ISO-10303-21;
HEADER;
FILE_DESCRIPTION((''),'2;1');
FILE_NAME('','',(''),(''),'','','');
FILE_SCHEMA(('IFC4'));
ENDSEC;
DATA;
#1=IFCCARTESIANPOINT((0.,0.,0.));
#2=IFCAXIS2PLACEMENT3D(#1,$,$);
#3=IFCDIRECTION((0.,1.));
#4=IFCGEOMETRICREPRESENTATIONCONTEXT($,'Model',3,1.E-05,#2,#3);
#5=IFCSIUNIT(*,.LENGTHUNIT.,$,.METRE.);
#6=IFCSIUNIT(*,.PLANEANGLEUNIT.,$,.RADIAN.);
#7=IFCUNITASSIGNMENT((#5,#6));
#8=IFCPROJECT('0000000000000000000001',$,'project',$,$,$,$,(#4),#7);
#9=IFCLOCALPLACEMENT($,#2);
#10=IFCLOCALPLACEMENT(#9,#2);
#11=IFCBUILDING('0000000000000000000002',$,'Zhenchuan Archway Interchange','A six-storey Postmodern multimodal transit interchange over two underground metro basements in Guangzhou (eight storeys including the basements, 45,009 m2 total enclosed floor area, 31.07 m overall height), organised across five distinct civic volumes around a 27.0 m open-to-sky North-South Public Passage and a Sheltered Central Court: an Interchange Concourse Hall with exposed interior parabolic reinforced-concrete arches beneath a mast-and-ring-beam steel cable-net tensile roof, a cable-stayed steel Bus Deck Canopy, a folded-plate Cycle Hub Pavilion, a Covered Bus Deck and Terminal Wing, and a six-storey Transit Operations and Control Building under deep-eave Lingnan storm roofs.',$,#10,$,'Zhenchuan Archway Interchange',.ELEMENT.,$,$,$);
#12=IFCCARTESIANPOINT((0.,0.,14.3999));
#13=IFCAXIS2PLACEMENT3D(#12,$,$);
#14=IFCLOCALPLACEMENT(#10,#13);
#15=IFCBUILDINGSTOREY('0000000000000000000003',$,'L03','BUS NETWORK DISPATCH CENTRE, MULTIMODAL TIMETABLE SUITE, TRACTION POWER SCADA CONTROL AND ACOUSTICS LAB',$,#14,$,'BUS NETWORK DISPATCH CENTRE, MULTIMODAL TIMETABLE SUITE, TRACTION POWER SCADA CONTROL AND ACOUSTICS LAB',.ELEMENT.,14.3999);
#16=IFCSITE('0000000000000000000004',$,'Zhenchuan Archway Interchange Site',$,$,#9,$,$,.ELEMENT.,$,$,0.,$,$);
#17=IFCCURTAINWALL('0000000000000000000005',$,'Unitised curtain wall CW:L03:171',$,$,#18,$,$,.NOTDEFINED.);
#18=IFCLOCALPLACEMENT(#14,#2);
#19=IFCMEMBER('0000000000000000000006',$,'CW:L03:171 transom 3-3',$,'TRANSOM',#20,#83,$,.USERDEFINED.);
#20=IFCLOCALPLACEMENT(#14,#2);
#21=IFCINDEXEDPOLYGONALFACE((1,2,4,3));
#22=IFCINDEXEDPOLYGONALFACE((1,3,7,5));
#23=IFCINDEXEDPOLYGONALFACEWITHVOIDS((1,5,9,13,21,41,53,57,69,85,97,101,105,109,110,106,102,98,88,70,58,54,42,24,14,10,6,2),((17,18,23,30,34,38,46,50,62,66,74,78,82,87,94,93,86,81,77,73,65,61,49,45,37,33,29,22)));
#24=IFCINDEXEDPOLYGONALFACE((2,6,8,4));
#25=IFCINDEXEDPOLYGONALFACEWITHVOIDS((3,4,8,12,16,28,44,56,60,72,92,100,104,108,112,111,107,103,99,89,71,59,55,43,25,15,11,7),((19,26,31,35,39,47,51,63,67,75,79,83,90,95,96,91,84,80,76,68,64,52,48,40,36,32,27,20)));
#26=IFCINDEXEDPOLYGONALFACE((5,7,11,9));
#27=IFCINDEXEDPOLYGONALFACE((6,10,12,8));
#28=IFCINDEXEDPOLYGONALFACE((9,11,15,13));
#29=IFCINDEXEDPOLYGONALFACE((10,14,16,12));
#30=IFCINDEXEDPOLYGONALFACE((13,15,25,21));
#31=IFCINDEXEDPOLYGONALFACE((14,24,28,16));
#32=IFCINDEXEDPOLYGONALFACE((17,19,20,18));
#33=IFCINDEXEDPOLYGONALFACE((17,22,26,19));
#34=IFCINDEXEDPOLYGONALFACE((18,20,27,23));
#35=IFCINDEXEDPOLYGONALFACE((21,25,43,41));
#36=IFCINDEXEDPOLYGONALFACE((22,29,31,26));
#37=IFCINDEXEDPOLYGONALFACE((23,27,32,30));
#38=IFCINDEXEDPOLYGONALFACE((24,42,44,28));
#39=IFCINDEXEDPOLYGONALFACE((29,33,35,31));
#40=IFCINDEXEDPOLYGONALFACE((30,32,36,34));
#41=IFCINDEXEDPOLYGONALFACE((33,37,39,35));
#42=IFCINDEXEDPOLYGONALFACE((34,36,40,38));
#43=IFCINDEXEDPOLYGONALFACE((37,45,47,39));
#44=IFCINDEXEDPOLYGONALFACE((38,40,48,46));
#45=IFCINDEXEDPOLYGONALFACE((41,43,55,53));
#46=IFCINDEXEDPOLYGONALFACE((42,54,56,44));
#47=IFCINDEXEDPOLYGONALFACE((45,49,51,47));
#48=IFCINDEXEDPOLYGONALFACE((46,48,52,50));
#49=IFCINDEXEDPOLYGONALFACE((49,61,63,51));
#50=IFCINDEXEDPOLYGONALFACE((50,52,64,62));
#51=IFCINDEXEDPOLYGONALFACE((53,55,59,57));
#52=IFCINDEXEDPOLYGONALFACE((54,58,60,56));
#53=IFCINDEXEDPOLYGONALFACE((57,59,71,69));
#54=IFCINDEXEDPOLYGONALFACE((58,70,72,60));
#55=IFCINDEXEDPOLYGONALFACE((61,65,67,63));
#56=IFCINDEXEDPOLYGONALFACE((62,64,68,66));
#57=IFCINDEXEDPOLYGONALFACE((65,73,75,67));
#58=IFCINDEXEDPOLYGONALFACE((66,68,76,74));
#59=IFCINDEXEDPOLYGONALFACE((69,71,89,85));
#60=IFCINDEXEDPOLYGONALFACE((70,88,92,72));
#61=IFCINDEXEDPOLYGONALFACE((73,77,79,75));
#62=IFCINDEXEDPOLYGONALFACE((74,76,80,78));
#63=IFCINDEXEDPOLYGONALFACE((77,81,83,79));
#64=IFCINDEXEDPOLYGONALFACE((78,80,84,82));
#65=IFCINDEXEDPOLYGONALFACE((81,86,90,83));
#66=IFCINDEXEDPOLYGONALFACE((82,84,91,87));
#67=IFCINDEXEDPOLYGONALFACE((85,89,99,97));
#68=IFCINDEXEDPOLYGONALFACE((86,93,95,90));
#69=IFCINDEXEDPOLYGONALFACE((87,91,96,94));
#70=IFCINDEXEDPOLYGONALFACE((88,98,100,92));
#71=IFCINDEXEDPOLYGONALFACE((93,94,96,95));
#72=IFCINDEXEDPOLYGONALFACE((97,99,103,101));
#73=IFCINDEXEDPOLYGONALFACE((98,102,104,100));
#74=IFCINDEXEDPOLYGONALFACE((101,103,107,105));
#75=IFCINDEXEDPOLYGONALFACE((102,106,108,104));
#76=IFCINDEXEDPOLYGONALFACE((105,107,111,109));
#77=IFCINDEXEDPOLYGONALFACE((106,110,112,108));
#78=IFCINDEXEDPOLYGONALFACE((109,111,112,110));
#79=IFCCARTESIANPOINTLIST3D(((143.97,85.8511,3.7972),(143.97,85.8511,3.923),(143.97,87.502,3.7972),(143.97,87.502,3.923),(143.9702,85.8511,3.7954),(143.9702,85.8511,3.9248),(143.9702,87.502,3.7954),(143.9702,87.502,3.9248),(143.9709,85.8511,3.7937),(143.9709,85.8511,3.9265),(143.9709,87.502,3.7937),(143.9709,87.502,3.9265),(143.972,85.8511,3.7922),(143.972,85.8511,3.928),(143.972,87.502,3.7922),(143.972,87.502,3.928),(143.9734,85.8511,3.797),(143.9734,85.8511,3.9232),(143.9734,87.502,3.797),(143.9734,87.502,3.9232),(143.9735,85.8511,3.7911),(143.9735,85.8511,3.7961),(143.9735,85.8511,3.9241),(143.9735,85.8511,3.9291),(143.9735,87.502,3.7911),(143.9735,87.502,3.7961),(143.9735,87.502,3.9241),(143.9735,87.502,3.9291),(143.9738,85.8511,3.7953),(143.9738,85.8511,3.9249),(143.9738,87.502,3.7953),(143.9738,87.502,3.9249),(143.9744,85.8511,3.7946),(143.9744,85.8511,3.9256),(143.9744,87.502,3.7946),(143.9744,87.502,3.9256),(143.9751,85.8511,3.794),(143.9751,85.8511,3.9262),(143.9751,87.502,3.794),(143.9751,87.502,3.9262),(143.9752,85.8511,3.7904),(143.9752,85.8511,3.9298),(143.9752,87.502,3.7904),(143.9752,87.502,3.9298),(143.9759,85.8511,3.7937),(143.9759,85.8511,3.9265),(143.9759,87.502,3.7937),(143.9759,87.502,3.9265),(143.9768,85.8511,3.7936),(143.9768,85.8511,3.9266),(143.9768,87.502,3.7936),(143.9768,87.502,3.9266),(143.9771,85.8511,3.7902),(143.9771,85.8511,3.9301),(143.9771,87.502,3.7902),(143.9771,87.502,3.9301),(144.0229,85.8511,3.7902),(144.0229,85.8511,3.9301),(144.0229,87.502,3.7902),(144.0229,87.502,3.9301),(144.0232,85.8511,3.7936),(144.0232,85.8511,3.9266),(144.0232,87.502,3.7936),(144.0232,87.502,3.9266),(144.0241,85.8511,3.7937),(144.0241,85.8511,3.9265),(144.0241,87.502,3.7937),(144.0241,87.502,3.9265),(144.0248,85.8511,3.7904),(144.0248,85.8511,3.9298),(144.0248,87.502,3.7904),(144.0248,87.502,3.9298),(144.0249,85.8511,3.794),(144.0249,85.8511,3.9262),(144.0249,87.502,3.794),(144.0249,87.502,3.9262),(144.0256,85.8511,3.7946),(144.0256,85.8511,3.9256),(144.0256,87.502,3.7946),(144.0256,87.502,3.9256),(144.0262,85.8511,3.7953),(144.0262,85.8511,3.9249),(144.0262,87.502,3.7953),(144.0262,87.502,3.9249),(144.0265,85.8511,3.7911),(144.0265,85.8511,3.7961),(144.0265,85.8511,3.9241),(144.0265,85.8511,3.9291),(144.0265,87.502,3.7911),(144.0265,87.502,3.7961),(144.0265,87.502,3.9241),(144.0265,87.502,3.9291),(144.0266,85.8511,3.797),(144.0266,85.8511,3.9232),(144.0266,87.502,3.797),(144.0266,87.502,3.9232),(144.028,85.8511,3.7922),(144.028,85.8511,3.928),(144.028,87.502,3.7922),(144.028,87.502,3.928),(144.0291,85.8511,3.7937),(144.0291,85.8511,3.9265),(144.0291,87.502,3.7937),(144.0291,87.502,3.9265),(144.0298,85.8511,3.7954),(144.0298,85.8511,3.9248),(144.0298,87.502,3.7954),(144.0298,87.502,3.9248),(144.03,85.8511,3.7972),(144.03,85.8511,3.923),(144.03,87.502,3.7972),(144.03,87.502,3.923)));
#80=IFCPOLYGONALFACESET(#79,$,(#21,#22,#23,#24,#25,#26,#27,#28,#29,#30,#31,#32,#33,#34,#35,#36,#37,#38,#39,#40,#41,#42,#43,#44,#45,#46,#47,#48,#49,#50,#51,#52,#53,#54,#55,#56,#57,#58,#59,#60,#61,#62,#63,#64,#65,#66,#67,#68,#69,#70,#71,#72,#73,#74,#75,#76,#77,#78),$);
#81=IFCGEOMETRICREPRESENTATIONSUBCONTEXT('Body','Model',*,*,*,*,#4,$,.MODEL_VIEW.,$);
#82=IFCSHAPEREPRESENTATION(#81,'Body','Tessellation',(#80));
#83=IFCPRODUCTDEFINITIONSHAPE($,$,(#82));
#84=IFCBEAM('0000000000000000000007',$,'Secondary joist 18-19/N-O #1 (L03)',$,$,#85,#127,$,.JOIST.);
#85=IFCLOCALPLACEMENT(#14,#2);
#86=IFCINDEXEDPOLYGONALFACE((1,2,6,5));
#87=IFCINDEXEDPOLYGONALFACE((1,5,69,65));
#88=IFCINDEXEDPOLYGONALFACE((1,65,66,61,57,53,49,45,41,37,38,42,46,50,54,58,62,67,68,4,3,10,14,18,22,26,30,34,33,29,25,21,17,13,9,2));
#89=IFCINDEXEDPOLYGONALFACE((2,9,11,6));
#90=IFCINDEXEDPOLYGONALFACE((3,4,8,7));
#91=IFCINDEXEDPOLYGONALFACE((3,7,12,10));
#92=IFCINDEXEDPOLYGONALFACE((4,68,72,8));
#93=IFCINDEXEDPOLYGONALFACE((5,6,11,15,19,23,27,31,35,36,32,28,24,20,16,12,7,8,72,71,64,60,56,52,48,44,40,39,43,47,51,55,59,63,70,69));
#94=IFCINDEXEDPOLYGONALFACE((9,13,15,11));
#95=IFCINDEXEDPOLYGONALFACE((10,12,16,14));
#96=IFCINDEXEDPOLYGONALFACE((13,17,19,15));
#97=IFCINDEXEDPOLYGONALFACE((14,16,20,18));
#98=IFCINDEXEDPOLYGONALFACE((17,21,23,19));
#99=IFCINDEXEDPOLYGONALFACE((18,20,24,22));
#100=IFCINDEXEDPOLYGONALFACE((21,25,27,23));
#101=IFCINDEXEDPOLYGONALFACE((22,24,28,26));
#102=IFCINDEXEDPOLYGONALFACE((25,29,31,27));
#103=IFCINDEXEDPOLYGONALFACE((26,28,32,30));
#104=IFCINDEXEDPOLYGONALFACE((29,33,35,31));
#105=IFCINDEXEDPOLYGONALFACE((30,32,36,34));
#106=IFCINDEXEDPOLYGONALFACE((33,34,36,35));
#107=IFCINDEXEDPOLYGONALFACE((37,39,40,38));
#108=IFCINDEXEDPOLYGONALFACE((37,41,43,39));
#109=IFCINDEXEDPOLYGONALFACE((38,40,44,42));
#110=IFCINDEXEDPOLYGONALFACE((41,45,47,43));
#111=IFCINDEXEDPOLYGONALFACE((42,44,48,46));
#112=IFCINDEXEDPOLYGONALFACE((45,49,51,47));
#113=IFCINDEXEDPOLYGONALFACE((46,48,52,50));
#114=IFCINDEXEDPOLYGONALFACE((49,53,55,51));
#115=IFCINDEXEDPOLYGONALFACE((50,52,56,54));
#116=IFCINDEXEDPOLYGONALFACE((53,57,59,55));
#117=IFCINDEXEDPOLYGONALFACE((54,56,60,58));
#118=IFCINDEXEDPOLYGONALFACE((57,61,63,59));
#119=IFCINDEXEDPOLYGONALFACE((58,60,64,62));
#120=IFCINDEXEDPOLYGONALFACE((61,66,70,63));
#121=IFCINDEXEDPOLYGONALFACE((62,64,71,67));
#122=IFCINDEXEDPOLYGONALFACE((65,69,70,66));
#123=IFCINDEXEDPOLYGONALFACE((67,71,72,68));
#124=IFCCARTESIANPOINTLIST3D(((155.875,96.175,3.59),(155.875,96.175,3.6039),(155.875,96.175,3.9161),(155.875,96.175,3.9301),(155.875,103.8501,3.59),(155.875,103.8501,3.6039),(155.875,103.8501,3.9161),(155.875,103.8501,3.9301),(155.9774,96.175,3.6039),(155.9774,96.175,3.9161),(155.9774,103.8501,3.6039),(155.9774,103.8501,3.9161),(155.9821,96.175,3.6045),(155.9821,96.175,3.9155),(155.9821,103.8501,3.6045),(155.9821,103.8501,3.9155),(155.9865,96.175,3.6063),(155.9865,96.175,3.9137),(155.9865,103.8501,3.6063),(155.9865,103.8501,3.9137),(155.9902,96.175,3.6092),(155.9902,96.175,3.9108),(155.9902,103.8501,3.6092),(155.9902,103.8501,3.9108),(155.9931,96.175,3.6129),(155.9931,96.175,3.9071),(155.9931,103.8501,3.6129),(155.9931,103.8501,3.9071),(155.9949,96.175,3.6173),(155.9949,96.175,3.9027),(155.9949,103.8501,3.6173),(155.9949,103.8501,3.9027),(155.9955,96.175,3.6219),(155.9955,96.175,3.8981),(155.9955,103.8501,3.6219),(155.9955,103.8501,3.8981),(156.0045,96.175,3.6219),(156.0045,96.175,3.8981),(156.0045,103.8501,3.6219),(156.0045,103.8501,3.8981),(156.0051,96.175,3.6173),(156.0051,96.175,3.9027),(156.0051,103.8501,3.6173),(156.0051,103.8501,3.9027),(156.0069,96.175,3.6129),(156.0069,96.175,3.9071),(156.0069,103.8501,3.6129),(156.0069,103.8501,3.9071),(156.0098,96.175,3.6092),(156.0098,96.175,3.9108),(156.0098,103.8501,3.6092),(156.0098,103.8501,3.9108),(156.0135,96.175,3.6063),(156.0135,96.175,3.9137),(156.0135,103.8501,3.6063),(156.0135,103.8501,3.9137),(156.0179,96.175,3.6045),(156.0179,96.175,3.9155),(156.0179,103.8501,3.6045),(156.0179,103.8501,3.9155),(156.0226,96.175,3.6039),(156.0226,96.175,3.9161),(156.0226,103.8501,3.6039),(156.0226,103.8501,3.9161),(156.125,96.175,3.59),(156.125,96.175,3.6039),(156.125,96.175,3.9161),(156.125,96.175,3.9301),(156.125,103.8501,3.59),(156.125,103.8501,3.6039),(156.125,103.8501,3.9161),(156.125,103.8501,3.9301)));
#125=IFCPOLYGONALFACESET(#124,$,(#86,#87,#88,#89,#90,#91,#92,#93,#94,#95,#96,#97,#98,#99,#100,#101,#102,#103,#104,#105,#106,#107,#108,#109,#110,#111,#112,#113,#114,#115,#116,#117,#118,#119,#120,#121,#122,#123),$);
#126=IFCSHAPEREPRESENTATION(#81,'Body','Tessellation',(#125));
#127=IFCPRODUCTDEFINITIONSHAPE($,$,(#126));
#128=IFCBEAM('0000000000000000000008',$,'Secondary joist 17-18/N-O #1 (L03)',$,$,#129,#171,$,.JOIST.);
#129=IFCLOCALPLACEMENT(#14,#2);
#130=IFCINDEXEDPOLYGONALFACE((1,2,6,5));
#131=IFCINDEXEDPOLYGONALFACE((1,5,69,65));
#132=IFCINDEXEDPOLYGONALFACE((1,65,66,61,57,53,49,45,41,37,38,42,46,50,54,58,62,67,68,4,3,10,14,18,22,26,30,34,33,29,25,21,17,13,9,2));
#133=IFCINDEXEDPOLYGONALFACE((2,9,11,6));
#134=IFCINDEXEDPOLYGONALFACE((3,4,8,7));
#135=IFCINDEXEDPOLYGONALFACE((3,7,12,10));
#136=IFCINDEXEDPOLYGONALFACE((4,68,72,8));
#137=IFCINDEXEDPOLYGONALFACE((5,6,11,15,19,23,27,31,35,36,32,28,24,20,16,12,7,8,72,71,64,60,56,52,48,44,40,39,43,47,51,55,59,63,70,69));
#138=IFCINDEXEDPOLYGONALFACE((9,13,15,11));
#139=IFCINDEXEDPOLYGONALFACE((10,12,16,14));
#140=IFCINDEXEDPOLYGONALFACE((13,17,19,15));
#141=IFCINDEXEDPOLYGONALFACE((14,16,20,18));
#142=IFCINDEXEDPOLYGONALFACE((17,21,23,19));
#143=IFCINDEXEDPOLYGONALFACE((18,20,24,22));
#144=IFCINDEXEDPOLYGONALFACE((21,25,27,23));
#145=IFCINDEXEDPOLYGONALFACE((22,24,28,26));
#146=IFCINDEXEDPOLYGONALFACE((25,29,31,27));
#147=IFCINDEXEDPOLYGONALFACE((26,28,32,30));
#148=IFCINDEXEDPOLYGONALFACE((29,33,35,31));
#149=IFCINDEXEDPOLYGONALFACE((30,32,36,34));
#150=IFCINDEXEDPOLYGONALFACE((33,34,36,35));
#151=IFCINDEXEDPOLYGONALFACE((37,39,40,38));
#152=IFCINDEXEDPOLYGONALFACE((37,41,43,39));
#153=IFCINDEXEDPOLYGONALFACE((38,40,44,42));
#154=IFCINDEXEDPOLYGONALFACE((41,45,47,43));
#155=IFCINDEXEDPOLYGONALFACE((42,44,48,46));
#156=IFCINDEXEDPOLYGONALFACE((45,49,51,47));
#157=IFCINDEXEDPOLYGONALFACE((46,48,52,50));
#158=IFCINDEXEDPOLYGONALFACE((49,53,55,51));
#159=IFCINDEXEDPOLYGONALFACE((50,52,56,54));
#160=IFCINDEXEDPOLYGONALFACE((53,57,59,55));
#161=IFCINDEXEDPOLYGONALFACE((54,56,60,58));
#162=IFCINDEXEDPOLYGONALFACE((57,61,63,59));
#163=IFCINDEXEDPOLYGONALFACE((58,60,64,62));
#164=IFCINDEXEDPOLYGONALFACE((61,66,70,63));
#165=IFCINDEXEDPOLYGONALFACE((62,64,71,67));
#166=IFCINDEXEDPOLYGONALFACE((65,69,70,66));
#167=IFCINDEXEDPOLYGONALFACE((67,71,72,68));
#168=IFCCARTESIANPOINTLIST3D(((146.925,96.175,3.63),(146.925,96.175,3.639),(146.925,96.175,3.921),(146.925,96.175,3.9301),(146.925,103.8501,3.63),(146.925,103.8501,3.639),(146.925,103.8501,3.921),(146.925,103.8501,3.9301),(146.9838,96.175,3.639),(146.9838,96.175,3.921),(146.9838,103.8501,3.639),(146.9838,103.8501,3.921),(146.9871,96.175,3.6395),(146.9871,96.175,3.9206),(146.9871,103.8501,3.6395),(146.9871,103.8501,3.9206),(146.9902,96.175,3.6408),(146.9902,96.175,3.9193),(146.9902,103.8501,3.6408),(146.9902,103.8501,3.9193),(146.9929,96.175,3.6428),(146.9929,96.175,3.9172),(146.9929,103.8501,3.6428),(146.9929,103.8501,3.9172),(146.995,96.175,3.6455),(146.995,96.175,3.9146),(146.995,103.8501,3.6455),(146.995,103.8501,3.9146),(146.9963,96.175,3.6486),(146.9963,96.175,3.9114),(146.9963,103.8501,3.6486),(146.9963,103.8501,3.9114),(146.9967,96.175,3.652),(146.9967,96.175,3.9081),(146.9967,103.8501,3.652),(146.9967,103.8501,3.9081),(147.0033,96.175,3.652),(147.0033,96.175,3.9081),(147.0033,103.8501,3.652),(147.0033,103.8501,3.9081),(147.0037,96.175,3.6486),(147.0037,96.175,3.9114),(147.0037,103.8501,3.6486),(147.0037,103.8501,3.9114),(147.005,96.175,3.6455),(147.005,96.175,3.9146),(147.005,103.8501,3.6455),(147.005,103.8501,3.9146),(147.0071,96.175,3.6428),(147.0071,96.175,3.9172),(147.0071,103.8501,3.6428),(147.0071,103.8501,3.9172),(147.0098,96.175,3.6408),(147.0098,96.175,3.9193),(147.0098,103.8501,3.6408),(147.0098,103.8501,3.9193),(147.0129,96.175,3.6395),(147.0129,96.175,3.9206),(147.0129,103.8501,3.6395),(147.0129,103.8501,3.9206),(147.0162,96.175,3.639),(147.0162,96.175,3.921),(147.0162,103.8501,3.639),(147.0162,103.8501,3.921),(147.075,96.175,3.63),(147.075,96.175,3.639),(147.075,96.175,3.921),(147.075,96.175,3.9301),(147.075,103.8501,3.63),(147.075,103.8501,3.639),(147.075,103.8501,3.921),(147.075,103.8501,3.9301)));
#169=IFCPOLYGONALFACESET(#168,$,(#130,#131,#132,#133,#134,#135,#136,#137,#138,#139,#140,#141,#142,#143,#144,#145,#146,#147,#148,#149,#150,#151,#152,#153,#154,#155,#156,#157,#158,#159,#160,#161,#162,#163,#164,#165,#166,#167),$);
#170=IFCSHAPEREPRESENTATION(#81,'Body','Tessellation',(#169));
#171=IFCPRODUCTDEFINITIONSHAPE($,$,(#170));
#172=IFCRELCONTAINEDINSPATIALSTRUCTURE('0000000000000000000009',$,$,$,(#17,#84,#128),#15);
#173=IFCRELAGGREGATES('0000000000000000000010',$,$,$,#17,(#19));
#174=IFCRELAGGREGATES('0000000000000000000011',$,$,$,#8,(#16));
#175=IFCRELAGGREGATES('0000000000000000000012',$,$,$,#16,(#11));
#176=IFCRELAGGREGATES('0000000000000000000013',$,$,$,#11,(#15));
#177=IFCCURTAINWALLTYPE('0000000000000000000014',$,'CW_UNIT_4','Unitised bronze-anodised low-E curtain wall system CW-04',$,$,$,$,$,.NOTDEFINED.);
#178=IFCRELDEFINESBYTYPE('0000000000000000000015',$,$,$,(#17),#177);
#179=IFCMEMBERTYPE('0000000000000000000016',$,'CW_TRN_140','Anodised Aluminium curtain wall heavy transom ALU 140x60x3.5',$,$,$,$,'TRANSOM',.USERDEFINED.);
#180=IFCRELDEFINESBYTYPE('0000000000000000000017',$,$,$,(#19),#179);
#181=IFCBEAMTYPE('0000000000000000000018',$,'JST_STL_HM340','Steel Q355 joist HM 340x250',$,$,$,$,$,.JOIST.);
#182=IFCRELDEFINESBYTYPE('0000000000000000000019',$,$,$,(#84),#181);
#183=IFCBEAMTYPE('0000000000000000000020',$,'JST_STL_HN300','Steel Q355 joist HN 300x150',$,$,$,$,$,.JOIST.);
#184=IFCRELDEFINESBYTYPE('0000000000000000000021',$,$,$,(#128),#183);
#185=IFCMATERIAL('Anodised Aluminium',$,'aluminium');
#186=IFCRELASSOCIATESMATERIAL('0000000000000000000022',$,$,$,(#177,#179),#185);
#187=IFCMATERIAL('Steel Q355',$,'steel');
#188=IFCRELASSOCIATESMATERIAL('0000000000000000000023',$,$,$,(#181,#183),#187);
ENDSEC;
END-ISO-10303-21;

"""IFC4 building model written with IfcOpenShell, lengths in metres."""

from ifc_helpers import new_model, si_unit, direction, frame, origin, origin_2d, place, context, subcontext, project, spatial, hollow_rectangle, i_section, extrude, material, material_profile, profile_set, type_object, element, aggregate, save


model = new_model("IFC4")

# Units and contexts
model_context = context("Model", 3, precision=1e-05, world=origin(), true_north=direction((0.0, 1.0)))
body_context = subcontext(model_context, "Body", "Model", "MODEL_VIEW")
ifc_project = project(units=[si_unit("LENGTHUNIT", "METRE"), si_unit("PLANEANGLEUNIT", "RADIAN")], contexts=[model_context])

# Site, building, storey
site_placement = place(None, origin())
site = spatial("IfcSite", under=ifc_project, at=site_placement, Name="Zhenchuan Archway Interchange Site", CompositionType="ELEMENT", RefElevation=0.0)
building_placement = place(site_placement, origin())
building = spatial("IfcBuilding", under=site, at=building_placement, Name="Zhenchuan Archway Interchange", Description="A six-storey Postmodern multimodal transit interchange over two underground metro basements in Guangzhou (eight storeys including the basements, 45,009 m2 total enclosed floor area, 31.07 m overall height), organised across five distinct civic volumes around a 27.0 m open-to-sky North-South Public Passage and a Sheltered Central Court: an Interchange Concourse Hall with exposed interior parabolic reinforced-concrete arches beneath a mast-and-ring-beam steel cable-net tensile roof, a cable-stayed steel Bus Deck Canopy, a folded-plate Cycle Hub Pavilion, a Covered Bus Deck and Terminal Wing, and a six-storey Transit Operations and Control Building under deep-eave Lingnan storm roofs.", LongName="Zhenchuan Archway Interchange", CompositionType="ELEMENT")
storey_placement = place(building_placement, frame((0.0, 0.0, 14.3999)))
storey = spatial("IfcBuildingStorey", under=building, at=storey_placement, Name="L03", Description="BUS NETWORK DISPATCH CENTRE, MULTIMODAL TIMETABLE SUITE, TRACTION POWER SCADA CONTROL AND ACOUSTICS LAB", LongName="BUS NETWORK DISPATCH CENTRE, MULTIMODAL TIMETABLE SUITE, TRACTION POWER SCADA CONTROL AND ACOUSTICS LAB", CompositionType="ELEMENT", Elevation=14.3999)

# Curtain wall, member
ifc_material_1 = material(Name="Anodised Aluminium", Category="aluminium")
curtain_wall_type = type_object("IfcCurtainWallType", Name="CW_UNIT_4", Description="Unitised bronze-anodised low-E curtain wall system CW-04", PredefinedType="NOTDEFINED", material=ifc_material_1)
curtain_wall_placement = place(storey_placement, origin())
curtain_wall = element("IfcCurtainWall", 1, at=curtain_wall_placement, inside=storey, type_object=curtain_wall_type, Name="Unitised curtain wall CW:L03:171", PredefinedType="NOTDEFINED")
ifc_material_profile_1 = material_profile(ifc_material_1, hollow_rectangle(XDim=0.0601, YDim=0.1399, WallThickness=0.0034, InnerFilletRadius=0.0034, OuterFilletRadius=0.0071, at=origin_2d()), Name="ALU 140x60x3.5")
ifc_profile_set_1 = profile_set([ifc_material_profile_1], Name="Anodised Aluminium")
member_type_1 = type_object("IfcMemberType", Name="CW_TRN_140", Description="Anodised Aluminium curtain wall heavy transom ALU 140x60x3.5", ElementType="TRANSOM", PredefinedType="USERDEFINED", material=ifc_profile_set_1)
member_1_placement = place(storey_placement, frame((144.0, 85.8511, 3.8601), z_axis=(0.0, 1.0, 0.0), x_axis=(-1.0, 0.0, 0.0)))
member_1 = element("IfcMember", 2, at=member_1_placement, type_object=member_type_1, Name="CW:L03:171 transom 3-3", ObjectType="TRANSOM", PredefinedType="USERDEFINED", context=body_context, shape_type="SweptSolid", body=[
    extrude(hollow_rectangle(XDim=0.0601, YDim=0.1399, WallThickness=0.0034, InnerFilletRadius=0.0034, OuterFilletRadius=0.0071, at=origin_2d()), origin(), (0.0, 0.0, 1.0), 1.6509),
])

# Beams
ifc_material_2 = material(Name="Steel Q355", Category="steel")
ifc_material_profile_2 = material_profile(ifc_material_2, i_section(OverallWidth=0.25, OverallDepth=0.3401, WebThickness=0.009, FlangeThickness=0.0139, FilletRadius=0.0181, at=origin_2d()), Name="HM 340x250")
ifc_profile_set_2 = profile_set([ifc_material_profile_2], Name="Steel Q355")
beam_type_1 = type_object("IfcBeamType", Name="JST_STL_HM340", Description="Steel Q355 joist HM 340x250", PredefinedType="JOIST", material=ifc_profile_set_2)
beam_1_placement = place(storey_placement, frame((156.0, 96.175, 3.76), z_axis=(0.0, 1.0, 0.0), x_axis=(-1.0, 0.0, 0.0)))
element("IfcBeam", 3, at=beam_1_placement, inside=storey, type_object=beam_type_1, Name="Secondary joist 18-19/N-O #1 (L03)", PredefinedType="JOIST", context=body_context, shape_type="SweptSolid", body=[
    extrude(i_section(OverallWidth=0.25, OverallDepth=0.3401, WebThickness=0.009, FlangeThickness=0.0139, FilletRadius=0.0181, at=origin_2d()), origin(), (0.0, 0.0, 1.0), 7.675),
])
ifc_material_profile_3 = material_profile(ifc_material_2, i_section(OverallWidth=0.1499, OverallDepth=0.3, WebThickness=0.0066, FlangeThickness=0.009, FilletRadius=0.0129, at=origin_2d()), Name="HN 300x150")
ifc_profile_set_3 = profile_set([ifc_material_profile_3], Name="Steel Q355")
beam_type_2 = type_object("IfcBeamType", Name="JST_STL_HN300", Description="Steel Q355 joist HN 300x150", PredefinedType="JOIST", material=ifc_profile_set_3)
for number, where, z_axis, x_axis, name in (
    (4, (147.0, 96.175, 3.78), (0.0, 1.0, 0.0), (-1.0, 0.0, 0.0), "Secondary joist 17-18/N-O #1 (L03)"),
):
    element("IfcBeam", number, at=place(storey_placement, frame(where, z_axis=z_axis, x_axis=x_axis)), inside=storey, type_object=beam_type_2, Name=name, PredefinedType="JOIST", context=body_context, shape_type="SweptSolid", body=[
        extrude(i_section(OverallWidth=0.1499, OverallDepth=0.3, WebThickness=0.0066, FlangeThickness=0.009, FilletRadius=0.0129, at=origin_2d()), origin(), (0.0, 0.0, 1.0), 7.675),
    ])

aggregate(curtain_wall, [member_1])

save(model, "model.ifc")
